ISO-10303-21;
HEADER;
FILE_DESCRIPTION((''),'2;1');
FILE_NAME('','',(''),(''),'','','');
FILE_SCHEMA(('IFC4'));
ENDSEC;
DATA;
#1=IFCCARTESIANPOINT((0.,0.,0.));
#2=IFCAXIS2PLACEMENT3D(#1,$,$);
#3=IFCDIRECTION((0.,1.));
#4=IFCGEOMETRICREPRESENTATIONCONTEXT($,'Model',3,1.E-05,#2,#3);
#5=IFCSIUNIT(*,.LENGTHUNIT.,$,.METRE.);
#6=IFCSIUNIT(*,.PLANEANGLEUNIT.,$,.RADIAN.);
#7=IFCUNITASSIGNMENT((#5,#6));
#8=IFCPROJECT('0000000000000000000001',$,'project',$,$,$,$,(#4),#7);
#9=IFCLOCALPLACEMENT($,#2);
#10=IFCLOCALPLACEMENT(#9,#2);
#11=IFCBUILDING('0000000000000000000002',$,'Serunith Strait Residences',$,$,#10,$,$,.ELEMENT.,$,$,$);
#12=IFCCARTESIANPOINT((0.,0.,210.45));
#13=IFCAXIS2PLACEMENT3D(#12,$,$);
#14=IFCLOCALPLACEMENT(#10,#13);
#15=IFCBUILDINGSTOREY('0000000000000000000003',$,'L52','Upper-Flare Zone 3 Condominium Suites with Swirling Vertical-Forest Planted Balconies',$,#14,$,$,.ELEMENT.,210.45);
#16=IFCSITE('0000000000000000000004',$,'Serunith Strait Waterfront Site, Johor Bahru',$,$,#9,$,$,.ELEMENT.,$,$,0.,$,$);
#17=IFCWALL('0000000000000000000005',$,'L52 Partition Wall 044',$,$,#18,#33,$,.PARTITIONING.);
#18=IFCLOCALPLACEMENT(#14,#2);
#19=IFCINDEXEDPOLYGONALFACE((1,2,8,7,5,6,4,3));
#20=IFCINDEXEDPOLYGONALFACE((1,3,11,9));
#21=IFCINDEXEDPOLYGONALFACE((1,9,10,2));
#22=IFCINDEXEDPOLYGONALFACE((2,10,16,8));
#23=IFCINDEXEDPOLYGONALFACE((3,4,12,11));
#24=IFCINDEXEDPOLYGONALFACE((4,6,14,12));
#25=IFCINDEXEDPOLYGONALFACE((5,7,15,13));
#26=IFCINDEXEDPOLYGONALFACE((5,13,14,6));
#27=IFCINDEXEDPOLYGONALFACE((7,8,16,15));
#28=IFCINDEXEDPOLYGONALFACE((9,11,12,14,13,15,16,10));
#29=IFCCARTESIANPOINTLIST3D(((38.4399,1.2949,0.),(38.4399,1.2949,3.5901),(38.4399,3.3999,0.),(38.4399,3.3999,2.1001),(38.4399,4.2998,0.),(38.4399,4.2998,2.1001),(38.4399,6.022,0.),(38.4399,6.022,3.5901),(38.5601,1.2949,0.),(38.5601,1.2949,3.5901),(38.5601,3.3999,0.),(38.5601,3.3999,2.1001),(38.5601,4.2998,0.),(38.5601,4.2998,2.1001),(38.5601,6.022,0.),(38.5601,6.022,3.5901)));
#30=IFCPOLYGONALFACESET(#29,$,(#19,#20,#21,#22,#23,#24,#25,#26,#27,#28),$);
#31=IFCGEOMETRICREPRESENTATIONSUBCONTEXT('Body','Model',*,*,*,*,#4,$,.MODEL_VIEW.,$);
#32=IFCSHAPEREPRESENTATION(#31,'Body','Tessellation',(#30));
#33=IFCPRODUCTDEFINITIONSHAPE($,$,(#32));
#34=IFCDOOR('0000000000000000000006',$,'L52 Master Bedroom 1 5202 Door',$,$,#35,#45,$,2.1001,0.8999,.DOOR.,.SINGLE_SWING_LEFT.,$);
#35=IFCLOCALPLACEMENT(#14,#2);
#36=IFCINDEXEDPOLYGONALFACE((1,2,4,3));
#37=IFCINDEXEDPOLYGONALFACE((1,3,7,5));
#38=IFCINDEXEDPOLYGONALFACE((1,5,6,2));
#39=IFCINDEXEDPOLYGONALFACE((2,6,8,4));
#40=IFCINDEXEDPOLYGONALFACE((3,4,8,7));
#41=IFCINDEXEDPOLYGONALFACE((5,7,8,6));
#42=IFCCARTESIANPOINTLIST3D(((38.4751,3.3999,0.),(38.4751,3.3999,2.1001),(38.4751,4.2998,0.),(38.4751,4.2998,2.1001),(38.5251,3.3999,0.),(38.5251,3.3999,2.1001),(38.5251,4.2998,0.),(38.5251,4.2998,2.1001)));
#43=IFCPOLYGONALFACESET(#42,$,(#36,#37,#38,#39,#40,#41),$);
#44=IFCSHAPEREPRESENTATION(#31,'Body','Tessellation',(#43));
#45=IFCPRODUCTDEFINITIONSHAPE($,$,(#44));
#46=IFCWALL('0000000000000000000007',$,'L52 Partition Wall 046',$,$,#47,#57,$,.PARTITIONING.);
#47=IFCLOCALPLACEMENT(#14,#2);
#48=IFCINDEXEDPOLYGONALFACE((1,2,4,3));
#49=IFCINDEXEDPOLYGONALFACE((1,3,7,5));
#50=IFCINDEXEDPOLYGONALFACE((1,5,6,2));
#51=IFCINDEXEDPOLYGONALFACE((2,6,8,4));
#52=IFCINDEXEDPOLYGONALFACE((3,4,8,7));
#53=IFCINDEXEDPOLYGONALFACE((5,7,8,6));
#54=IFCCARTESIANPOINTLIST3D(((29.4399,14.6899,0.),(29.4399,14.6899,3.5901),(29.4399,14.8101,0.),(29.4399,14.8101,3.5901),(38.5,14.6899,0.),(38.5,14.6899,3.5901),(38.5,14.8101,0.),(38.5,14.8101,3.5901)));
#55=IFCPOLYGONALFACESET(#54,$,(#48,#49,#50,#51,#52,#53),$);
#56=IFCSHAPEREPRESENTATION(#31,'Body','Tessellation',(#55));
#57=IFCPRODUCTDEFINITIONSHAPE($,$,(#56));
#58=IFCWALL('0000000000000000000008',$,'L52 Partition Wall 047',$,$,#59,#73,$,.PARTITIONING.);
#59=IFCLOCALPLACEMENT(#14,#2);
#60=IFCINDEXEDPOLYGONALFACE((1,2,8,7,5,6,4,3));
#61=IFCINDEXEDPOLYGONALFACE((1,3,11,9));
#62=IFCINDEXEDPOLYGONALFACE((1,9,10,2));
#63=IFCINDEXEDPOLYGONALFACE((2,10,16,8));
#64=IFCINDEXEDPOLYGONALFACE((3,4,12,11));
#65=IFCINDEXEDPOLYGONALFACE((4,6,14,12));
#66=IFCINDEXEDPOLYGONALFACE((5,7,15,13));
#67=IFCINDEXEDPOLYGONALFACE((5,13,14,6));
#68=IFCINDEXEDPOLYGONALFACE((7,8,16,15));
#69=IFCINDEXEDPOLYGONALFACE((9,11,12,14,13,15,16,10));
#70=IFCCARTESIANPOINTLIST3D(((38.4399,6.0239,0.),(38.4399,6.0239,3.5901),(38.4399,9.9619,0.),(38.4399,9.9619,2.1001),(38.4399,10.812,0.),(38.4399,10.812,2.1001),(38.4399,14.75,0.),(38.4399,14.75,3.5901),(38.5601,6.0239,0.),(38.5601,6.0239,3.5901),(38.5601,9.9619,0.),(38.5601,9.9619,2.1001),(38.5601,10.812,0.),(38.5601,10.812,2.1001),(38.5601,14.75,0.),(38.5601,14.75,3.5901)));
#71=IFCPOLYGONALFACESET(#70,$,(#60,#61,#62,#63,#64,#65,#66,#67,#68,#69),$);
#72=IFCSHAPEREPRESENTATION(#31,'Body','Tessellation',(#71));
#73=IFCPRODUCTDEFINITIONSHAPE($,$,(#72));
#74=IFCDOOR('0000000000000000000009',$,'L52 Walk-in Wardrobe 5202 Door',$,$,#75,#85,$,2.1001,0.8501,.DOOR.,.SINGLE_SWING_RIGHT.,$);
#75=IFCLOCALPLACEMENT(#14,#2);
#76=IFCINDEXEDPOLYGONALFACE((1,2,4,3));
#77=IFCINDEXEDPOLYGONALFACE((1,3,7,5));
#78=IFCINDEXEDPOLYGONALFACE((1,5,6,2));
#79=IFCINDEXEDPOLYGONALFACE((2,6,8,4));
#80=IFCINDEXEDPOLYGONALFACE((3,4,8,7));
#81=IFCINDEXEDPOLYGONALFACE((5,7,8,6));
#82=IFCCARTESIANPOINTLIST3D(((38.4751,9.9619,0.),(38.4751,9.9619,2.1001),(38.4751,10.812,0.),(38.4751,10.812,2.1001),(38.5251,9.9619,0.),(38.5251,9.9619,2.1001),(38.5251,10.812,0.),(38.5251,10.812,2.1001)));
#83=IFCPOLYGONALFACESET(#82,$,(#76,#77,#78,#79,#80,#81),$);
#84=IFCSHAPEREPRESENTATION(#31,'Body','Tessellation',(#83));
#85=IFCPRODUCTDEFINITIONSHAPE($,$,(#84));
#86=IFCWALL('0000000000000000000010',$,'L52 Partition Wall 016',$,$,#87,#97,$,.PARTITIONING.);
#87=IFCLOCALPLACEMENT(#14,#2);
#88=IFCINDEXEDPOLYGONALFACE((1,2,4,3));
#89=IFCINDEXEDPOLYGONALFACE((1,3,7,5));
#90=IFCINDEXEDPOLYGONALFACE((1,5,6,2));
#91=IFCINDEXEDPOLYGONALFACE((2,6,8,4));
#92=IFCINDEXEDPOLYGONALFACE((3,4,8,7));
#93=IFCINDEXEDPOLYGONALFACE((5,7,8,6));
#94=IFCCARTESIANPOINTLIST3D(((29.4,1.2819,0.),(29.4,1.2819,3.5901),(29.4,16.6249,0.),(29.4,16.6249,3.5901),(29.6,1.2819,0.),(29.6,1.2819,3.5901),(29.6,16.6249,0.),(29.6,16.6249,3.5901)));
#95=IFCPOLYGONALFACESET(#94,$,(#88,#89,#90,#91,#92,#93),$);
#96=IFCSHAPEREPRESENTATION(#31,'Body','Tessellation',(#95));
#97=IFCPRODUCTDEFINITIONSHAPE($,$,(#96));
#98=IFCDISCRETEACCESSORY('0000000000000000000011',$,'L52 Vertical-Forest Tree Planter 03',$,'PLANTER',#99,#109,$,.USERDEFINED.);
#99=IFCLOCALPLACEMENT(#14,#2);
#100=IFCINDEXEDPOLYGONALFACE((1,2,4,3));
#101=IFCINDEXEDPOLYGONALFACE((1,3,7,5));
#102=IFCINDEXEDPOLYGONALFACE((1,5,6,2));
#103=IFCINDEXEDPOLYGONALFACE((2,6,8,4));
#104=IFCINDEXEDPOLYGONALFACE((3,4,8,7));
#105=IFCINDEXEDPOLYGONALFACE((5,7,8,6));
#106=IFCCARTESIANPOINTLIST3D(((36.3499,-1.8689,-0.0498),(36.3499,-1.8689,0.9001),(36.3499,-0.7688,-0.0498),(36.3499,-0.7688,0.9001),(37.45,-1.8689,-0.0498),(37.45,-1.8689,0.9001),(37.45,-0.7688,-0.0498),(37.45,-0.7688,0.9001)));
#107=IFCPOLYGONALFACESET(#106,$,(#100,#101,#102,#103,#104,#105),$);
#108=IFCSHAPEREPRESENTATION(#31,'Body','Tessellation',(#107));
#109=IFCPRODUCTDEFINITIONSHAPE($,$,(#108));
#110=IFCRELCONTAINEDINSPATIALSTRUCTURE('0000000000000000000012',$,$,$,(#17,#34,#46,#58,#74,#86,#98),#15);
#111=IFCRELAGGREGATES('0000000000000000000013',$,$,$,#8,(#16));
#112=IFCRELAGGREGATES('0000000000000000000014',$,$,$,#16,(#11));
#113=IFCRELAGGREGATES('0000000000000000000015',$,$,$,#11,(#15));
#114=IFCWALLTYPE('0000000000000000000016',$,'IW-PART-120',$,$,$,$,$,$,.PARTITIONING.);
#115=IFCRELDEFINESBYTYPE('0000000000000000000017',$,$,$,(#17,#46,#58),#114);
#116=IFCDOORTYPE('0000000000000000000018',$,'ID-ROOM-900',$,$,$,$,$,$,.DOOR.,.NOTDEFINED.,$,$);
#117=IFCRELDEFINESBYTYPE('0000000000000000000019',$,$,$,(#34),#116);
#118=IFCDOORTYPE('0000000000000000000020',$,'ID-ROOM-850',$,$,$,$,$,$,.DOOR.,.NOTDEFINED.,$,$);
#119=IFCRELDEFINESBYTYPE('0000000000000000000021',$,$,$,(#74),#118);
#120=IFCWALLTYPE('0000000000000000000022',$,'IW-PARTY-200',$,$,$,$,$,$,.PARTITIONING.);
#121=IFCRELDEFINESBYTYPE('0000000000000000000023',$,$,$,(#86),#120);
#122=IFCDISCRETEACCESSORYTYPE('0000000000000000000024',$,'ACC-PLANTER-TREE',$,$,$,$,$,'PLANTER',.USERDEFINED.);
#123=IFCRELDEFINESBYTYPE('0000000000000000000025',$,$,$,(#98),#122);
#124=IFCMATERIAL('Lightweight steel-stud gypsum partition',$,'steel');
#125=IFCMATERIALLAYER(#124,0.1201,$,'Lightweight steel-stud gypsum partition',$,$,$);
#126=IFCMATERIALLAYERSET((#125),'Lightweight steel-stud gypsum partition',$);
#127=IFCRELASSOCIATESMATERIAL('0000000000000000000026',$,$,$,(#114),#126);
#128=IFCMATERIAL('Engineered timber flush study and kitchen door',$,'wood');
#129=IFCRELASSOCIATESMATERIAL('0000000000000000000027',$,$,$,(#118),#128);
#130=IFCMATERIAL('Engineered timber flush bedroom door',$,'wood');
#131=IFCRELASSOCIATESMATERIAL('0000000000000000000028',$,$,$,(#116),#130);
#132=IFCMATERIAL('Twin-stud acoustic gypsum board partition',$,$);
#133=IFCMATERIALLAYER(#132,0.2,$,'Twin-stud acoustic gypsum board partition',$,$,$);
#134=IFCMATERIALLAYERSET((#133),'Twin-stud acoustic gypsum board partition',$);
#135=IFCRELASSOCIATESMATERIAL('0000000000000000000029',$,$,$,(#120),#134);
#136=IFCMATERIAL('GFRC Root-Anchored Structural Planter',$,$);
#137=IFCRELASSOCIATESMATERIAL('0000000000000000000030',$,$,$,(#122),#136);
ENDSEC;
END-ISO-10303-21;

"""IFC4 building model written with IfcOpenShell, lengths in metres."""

from ifc_helpers import new_model, si_unit, direction, frame, frame_2d, origin, origin_2d, place, context, subcontext, project, spatial, rectangle, extrude, source, transform, mapped, material, layer, layer_set, type_object, element, fill, save


model = new_model("IFC4")

# Units and contexts
model_context = context("Model", 3, precision=1e-05, world=origin(), true_north=direction((0.0, 1.0)))
body_context = subcontext(model_context, "Body", "Model", "MODEL_VIEW")
ifc_project = project(units=[si_unit("LENGTHUNIT", "METRE"), si_unit("PLANEANGLEUNIT", "RADIAN")], contexts=[model_context])

# Site, building, storey
site_placement = place(None, origin())
site = spatial("IfcSite", under=ifc_project, at=site_placement, Name="Serunith Strait Waterfront Site, Johor Bahru", CompositionType="ELEMENT", RefElevation=0.0)
building_placement = place(site_placement, origin())
building = spatial("IfcBuilding", under=site, at=building_placement, Name="Serunith Strait Residences", CompositionType="ELEMENT")
storey_placement = place(building_placement, frame((0.0, 0.0, 210.45)))
storey = spatial("IfcBuildingStorey", under=building, at=storey_placement, Name="L52", Description="Upper-Flare Zone 3 Condominium Suites with Swirling Vertical-Forest Planted Balconies", CompositionType="ELEMENT", Elevation=210.45)

# Shared definitions
ifc_material_1 = material(Name="Lightweight steel-stud gypsum partition", Category="steel")
ifc_layer_1 = layer(ifc_material_1, 0.1201, Name="Lightweight steel-stud gypsum partition")
ifc_layer_set_1 = layer_set([ifc_layer_1], Name="Lightweight steel-stud gypsum partition")
wall_type_1 = type_object("IfcWallType", Name="IW-PART-120", PredefinedType="PARTITIONING", material=ifc_layer_set_1)
ifc_material_2 = material(Name="Engineered timber flush study and kitchen door", Category="wood")
door_type_1 = type_object("IfcDoorType", Name="ID-ROOM-850", OperationType="NOTDEFINED", PredefinedType="DOOR", material=ifc_material_2)
shared_shape_1 = source(origin(), body_context, "Body", "SweptSolid", [
    extrude(rectangle(XDim=0.8501, YDim=2.1001, at=frame_2d((0.425, 1.05))), frame((0.0, 0.0249, 0.0), z_axis=(0.0, -1.0, 0.0), x_axis=(1.0, 0.0, 0.0)), (0.0, 0.0, 1.0), 0.05),
])

# Wall, opening, door
wall_1_placement = place(storey_placement, frame((38.5, 1.2949, 0.0), z_axis=(0.0, 0.0, 1.0), x_axis=(0.0, 1.0, 0.0)))
wall_1 = element("IfcWall", 1, at=wall_1_placement, inside=storey, type_object=wall_type_1, Name="L52 Partition Wall 044", PredefinedType="PARTITIONING", context=body_context, shape_type="SweptSolid", body=[
    extrude(rectangle(XDim=4.7271, YDim=0.1201, at=frame_2d((2.3635, 0.0))), origin(), (0.0, 0.0, 1.0), 3.5901),
])
opening_1_placement = place(wall_1_placement, frame((2.105, 0.0, 0.0)))
opening_1 = element("IfcOpeningElement", 2, at=opening_1_placement, cuts=wall_1, PredefinedType="OPENING", context=body_context, shape_type="SweptSolid", body=[
    extrude(rectangle(XDim=0.8999, YDim=2.1001, at=frame_2d((0.45, 1.05))), frame((0.0, 0.0701, 0.0), z_axis=(0.0, -1.0, 0.0), x_axis=(1.0, 0.0, 0.0)), (0.0, 0.0, 1.0), 0.1401),
])
ifc_material_3 = material(Name="Engineered timber flush bedroom door", Category="wood")
door_type_2 = type_object("IfcDoorType", Name="ID-ROOM-900", OperationType="NOTDEFINED", PredefinedType="DOOR", material=ifc_material_3)
shared_shape_2 = source(origin(), body_context, "Body", "SweptSolid", [
    extrude(rectangle(XDim=0.8999, YDim=2.1001, at=frame_2d((0.45, 1.05))), frame((0.0, 0.0249, 0.0), z_axis=(0.0, -1.0, 0.0), x_axis=(1.0, 0.0, 0.0)), (0.0, 0.0, 1.0), 0.05),
])
door_1_placement = place(opening_1_placement, origin())
door_1 = element("IfcDoor", 3, at=door_1_placement, inside=storey, type_object=door_type_2, Name="L52 Master Bedroom 1 5202 Door", OperationType="SINGLE_SWING_LEFT", OverallHeight=2.1001, OverallWidth=0.8999, PredefinedType="DOOR", context=body_context, shape_type="MappedRepresentation", body=[
    mapped(shared_shape_2, transform((0.0, 0.0, 0.0), scale=1.0)),
])
fill(opening_1, door_1)

# Wall
wall_2_placement = place(storey_placement, frame((29.4399, 14.75, 0.0), z_axis=(0.0, 0.0, 1.0), x_axis=(1.0, 0.0, 0.0)))
element("IfcWall", 4, at=wall_2_placement, inside=storey, type_object=wall_type_1, Name="L52 Partition Wall 046", PredefinedType="PARTITIONING", context=body_context, shape_type="SweptSolid", body=[
    extrude(rectangle(XDim=9.0601, YDim=0.1201, at=frame_2d((4.53, 0.0))), origin(), (0.0, 0.0, 1.0), 3.5901),
])

# Wall, opening, door
wall_3_placement = place(storey_placement, frame((38.5, 6.0239, 0.0), z_axis=(0.0, 0.0, 1.0), x_axis=(0.0, 1.0, 0.0)))
wall_3 = element("IfcWall", 5, at=wall_3_placement, inside=storey, type_object=wall_type_1, Name="L52 Partition Wall 047", PredefinedType="PARTITIONING", context=body_context, shape_type="SweptSolid", body=[
    extrude(rectangle(XDim=8.7261, YDim=0.1201, at=frame_2d((4.363, 0.0))), origin(), (0.0, 0.0, 1.0), 3.5901),
])
opening_2_placement = place(wall_3_placement, frame((3.938, 0.0, 0.0)))
opening_2 = element("IfcOpeningElement", 6, at=opening_2_placement, cuts=wall_3, PredefinedType="OPENING", context=body_context, shape_type="SweptSolid", body=[
    extrude(rectangle(XDim=0.8501, YDim=2.1001, at=frame_2d((0.425, 1.05))), frame((0.0, 0.0701, 0.0), z_axis=(0.0, -1.0, 0.0), x_axis=(1.0, 0.0, 0.0)), (0.0, 0.0, 1.0), 0.1401),
])
door_2_placement = place(opening_2_placement, origin())
door_2 = element("IfcDoor", 7, at=door_2_placement, inside=storey, type_object=door_type_1, Name="L52 Walk-in Wardrobe 5202 Door", OperationType="SINGLE_SWING_RIGHT", OverallHeight=2.1001, OverallWidth=0.8501, PredefinedType="DOOR", context=body_context, shape_type="MappedRepresentation", body=[
    mapped(shared_shape_1, transform((0.0, 0.0, 0.0), scale=1.0)),
])
fill(opening_2, door_2)

# Wall
ifc_material_4 = material(Name="Twin-stud acoustic gypsum board partition")
ifc_layer_2 = layer(ifc_material_4, 0.2, Name="Twin-stud acoustic gypsum board partition")
ifc_layer_set_2 = layer_set([ifc_layer_2], Name="Twin-stud acoustic gypsum board partition")
wall_type_2 = type_object("IfcWallType", Name="IW-PARTY-200", PredefinedType="PARTITIONING", material=ifc_layer_set_2)
wall_4_placement = place(storey_placement, frame((29.5, 1.282, 0.0), z_axis=(0.0, 0.0, 1.0), x_axis=(0.0, 1.0, 0.0)))
element("IfcWall", 8, at=wall_4_placement, inside=storey, type_object=wall_type_2, Name="L52 Partition Wall 016", PredefinedType="PARTITIONING", context=body_context, shape_type="SweptSolid", body=[
    extrude(rectangle(XDim=15.343, YDim=0.2, at=frame_2d((7.6714, 0.0))), origin(), (0.0, 0.0, 1.0), 3.5901),
])

# Discrete accessory
ifc_material_5 = material(Name="GFRC Root-Anchored Structural Planter")
discrete_accessory_type = type_object("IfcDiscreteAccessoryType", Name="ACC-PLANTER-TREE", ElementType="PLANTER", PredefinedType="USERDEFINED", material=ifc_material_5)
shared_shape_3 = source(origin(), body_context, "Body", "SweptSolid", [
    extrude(rectangle(XDim=1.1001, YDim=1.1001, at=origin_2d()), origin(), (0.0, 0.0, 1.0), 0.95),
])
discrete_accessory_placement = place(storey_placement, frame((36.8999, -1.3188, -0.0498), z_axis=(0.0, 0.0, 1.0), x_axis=(1.0, 0.0, 0.0)))
element("IfcDiscreteAccessory", 9, at=discrete_accessory_placement, inside=storey, type_object=discrete_accessory_type, Name="L52 Vertical-Forest Tree Planter 03", ObjectType="PLANTER", PredefinedType="USERDEFINED", context=body_context, shape_type="MappedRepresentation", body=[
    mapped(shared_shape_3, transform((0.0, 0.0, 0.0), scale=1.0)),
])

save(model, "model.ifc")
